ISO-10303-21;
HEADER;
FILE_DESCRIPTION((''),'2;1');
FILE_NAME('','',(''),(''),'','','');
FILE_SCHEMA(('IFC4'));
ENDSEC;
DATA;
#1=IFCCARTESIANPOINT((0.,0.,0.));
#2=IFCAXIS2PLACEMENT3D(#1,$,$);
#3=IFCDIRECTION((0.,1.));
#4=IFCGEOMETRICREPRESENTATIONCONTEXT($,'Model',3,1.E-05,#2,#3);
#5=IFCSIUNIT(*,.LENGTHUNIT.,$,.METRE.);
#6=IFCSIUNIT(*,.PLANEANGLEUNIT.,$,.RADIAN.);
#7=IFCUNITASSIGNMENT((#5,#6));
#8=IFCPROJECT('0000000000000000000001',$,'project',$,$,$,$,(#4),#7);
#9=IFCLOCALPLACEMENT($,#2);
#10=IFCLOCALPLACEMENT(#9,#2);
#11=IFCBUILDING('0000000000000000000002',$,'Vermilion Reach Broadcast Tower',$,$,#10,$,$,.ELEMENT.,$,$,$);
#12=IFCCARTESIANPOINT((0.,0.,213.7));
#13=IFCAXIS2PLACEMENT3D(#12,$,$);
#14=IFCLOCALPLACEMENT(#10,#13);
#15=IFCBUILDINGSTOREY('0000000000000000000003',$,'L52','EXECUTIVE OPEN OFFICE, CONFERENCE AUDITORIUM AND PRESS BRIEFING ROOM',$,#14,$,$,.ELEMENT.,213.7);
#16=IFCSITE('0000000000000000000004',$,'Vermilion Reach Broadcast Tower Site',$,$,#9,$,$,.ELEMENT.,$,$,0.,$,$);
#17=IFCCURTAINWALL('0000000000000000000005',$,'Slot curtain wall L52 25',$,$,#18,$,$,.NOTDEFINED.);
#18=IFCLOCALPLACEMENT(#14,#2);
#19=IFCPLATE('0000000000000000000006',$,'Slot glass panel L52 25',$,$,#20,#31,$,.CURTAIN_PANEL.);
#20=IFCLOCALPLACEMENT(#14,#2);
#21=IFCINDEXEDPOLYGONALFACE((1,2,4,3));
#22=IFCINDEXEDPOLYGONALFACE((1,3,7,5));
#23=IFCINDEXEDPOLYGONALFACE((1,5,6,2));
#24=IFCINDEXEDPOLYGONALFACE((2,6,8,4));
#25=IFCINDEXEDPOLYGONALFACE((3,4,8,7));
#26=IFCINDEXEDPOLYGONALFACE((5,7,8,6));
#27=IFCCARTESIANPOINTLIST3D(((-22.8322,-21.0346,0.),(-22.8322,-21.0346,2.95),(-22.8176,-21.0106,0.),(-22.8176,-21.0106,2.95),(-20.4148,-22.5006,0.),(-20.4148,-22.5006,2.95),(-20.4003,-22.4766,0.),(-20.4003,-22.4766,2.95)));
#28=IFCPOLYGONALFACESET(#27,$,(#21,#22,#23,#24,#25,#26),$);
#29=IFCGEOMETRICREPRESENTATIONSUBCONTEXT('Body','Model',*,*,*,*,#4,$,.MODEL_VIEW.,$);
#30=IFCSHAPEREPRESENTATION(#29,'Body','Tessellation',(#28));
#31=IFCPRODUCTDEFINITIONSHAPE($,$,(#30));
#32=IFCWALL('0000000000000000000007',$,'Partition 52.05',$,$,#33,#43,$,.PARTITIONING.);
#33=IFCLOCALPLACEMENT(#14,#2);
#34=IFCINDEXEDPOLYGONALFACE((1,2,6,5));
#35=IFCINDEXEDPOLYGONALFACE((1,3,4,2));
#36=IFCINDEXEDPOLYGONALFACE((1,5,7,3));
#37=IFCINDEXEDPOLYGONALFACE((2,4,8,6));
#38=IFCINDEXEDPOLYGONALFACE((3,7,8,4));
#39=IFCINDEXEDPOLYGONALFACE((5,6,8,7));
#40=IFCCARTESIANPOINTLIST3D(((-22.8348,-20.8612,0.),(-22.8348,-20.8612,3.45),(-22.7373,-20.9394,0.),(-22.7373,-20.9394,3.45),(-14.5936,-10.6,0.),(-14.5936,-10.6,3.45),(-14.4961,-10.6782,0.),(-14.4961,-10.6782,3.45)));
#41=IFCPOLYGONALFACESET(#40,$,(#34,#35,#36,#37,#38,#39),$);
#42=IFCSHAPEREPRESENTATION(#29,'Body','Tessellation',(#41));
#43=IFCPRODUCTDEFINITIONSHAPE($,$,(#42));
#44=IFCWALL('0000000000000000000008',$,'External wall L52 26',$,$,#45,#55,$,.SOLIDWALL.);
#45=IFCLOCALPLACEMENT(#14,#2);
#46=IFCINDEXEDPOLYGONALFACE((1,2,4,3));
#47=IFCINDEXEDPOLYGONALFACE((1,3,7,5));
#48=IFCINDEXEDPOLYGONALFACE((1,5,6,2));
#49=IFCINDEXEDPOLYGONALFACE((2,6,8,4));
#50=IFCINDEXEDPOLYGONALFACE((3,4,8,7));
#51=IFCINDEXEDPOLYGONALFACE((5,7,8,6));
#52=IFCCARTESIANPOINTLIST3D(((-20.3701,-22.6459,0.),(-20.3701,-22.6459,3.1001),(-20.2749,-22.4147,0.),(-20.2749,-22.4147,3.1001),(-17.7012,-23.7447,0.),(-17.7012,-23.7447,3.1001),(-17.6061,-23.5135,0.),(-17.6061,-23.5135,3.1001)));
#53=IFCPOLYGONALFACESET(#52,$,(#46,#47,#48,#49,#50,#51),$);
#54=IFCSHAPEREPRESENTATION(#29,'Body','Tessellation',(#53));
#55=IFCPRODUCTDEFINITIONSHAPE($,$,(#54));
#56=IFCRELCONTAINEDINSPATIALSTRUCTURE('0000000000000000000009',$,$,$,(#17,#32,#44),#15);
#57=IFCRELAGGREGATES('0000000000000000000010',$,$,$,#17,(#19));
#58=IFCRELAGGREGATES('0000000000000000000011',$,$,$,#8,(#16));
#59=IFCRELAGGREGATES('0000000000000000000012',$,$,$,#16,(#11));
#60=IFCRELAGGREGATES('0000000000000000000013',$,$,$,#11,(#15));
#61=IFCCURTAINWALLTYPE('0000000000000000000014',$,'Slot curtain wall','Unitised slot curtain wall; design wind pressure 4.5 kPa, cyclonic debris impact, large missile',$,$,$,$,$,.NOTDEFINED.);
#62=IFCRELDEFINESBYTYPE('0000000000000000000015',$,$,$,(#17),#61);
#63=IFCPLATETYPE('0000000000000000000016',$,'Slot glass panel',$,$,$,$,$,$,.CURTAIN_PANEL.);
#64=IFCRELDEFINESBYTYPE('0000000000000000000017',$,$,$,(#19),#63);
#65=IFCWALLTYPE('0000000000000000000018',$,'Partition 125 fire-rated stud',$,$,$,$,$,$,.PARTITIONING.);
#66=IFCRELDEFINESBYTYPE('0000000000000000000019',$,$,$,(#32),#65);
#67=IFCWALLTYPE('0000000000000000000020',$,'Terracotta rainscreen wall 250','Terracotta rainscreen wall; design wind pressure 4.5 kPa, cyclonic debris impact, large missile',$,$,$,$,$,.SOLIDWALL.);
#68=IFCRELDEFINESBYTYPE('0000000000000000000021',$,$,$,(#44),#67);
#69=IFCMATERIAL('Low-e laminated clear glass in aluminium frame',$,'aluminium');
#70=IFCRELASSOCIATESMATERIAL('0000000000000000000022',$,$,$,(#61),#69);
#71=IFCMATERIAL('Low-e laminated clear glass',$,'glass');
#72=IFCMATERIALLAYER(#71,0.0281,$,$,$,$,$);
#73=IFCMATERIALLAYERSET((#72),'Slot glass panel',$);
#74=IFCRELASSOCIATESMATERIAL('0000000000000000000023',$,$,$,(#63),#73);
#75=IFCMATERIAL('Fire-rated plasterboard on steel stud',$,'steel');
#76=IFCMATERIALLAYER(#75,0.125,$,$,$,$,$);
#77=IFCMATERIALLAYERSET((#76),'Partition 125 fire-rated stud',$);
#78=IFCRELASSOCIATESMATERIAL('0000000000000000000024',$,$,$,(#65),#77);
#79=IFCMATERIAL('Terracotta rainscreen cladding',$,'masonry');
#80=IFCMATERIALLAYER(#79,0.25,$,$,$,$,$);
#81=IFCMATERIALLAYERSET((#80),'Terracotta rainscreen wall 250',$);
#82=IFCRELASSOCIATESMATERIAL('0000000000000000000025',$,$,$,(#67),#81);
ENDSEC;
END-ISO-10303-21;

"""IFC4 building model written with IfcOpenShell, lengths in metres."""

from ifc_helpers import new_model, si_unit, direction, frame, frame_2d, origin, origin_2d, place, context, subcontext, project, spatial, rectangle, extrude, material, layer, layer_set, type_object, element, aggregate, save


model = new_model("IFC4")

# Units and contexts
model_context = context("Model", 3, precision=1e-05, world=origin(), true_north=direction((0.0, 1.0)))
body_context = subcontext(model_context, "Body", "Model", "MODEL_VIEW")
ifc_project = project(units=[si_unit("LENGTHUNIT", "METRE"), si_unit("PLANEANGLEUNIT", "RADIAN")], contexts=[model_context])

# Site, building, storey
site_placement = place(None, origin())
site = spatial("IfcSite", under=ifc_project, at=site_placement, Name="Vermilion Reach Broadcast Tower Site", CompositionType="ELEMENT", RefElevation=0.0)
building_placement = place(site_placement, origin())
building = spatial("IfcBuilding", under=site, at=building_placement, Name="Vermilion Reach Broadcast Tower", CompositionType="ELEMENT")
storey_placement = place(building_placement, frame((0.0, 0.0, 213.7)))
storey = spatial("IfcBuildingStorey", under=building, at=storey_placement, Name="L52", Description="EXECUTIVE OPEN OFFICE, CONFERENCE AUDITORIUM AND PRESS BRIEFING ROOM", CompositionType="ELEMENT", Elevation=213.7)

# Shared definitions
ifc_material_1 = material(Name="Low-e laminated clear glass in aluminium frame", Category="aluminium")
curtain_wall_type = type_object("IfcCurtainWallType", Name="Slot curtain wall", Description="Unitised slot curtain wall; design wind pressure 4.5 kPa, cyclonic debris impact, large missile", PredefinedType="NOTDEFINED", material=ifc_material_1)
placement = place(storey_placement, origin())

# Curtain wall
curtain_wall_1 = element("IfcCurtainWall", 1, at=placement, inside=storey, type_object=curtain_wall_type, Name="Slot curtain wall L52 25", PredefinedType="NOTDEFINED")

# Shared definitions
ifc_material_2 = material(Name="Low-e laminated clear glass", Category="glass")
ifc_layer_1 = layer(ifc_material_2, 0.0281)
ifc_layer_set_1 = layer_set([ifc_layer_1], Name="Slot glass panel")
plate_type = type_object("IfcPlateType", Name="Slot glass panel", PredefinedType="CURTAIN_PANEL", material=ifc_layer_set_1)

# Plate
plate_1_placement = place(storey_placement, frame((-21.6162, -21.7556, 0.0), z_axis=(0.0, 0.0, 1.0), x_axis=(0.855044, -0.518556, 0.0)))
plate_1 = element("IfcPlate", 2, at=plate_1_placement, type_object=plate_type, Name="Slot glass panel L52 25", PredefinedType="CURTAIN_PANEL", context=body_context, shape_type="SweptSolid", body=[
    extrude(rectangle(XDim=2.8271, YDim=0.0281, at=origin_2d()), origin(), (0.0, 0.0, 1.0), 2.95),
])
aggregate(curtain_wall_1, [plate_1])

# Walls
ifc_material_3 = material(Name="Fire-rated plasterboard on steel stud", Category="steel")
ifc_layer_2 = layer(ifc_material_3, 0.125)
ifc_layer_set_2 = layer_set([ifc_layer_2], Name="Partition 125 fire-rated stud")
wall_type_1 = type_object("IfcWallType", Name="Partition 125 fire-rated stud", PredefinedType="PARTITIONING", material=ifc_layer_set_2)
wall_1_placement = place(storey_placement, frame((-22.7861, -20.9004, 0.0), z_axis=(0.0, 0.0, 1.0), x_axis=(0.626187, 0.779673, 0.0)))
element("IfcWall", 3, at=wall_1_placement, inside=storey, type_object=wall_type_1, Name="Partition 52.05", PredefinedType="PARTITIONING", context=body_context, shape_type="SweptSolid", body=[
    extrude(rectangle(XDim=13.1609, YDim=0.125, at=frame_2d((6.5806, 0.0))), origin(), (0.0, 0.0, 1.0), 3.45),
])
ifc_material_4 = material(Name="Terracotta rainscreen cladding", Category="masonry")
ifc_layer_3 = layer(ifc_material_4, 0.25)
ifc_layer_set_3 = layer_set([ifc_layer_3], Name="Terracotta rainscreen wall 250")
wall_type_2 = type_object("IfcWallType", Name="Terracotta rainscreen wall 250", Description="Terracotta rainscreen wall; design wind pressure 4.5 kPa, cyclonic debris impact, large missile", PredefinedType="SOLIDWALL", material=ifc_layer_set_3)
wall_2_placement = place(storey_placement, frame((-20.3225, -22.5303, 0.0), z_axis=(0.0, 0.0, 1.0), x_axis=(0.92469, -0.38072, 0.0)))
element("IfcWall", 4, at=wall_2_placement, inside=storey, type_object=wall_type_2, Name="External wall L52 26", PredefinedType="SOLIDWALL", context=body_context, shape_type="SweptSolid", body=[
    extrude(rectangle(XDim=2.8862, YDim=0.25, at=frame_2d((1.4431, 0.0))), origin(), (0.0, 0.0, 1.0), 3.1001),
])

save(model, "model.ifc")
